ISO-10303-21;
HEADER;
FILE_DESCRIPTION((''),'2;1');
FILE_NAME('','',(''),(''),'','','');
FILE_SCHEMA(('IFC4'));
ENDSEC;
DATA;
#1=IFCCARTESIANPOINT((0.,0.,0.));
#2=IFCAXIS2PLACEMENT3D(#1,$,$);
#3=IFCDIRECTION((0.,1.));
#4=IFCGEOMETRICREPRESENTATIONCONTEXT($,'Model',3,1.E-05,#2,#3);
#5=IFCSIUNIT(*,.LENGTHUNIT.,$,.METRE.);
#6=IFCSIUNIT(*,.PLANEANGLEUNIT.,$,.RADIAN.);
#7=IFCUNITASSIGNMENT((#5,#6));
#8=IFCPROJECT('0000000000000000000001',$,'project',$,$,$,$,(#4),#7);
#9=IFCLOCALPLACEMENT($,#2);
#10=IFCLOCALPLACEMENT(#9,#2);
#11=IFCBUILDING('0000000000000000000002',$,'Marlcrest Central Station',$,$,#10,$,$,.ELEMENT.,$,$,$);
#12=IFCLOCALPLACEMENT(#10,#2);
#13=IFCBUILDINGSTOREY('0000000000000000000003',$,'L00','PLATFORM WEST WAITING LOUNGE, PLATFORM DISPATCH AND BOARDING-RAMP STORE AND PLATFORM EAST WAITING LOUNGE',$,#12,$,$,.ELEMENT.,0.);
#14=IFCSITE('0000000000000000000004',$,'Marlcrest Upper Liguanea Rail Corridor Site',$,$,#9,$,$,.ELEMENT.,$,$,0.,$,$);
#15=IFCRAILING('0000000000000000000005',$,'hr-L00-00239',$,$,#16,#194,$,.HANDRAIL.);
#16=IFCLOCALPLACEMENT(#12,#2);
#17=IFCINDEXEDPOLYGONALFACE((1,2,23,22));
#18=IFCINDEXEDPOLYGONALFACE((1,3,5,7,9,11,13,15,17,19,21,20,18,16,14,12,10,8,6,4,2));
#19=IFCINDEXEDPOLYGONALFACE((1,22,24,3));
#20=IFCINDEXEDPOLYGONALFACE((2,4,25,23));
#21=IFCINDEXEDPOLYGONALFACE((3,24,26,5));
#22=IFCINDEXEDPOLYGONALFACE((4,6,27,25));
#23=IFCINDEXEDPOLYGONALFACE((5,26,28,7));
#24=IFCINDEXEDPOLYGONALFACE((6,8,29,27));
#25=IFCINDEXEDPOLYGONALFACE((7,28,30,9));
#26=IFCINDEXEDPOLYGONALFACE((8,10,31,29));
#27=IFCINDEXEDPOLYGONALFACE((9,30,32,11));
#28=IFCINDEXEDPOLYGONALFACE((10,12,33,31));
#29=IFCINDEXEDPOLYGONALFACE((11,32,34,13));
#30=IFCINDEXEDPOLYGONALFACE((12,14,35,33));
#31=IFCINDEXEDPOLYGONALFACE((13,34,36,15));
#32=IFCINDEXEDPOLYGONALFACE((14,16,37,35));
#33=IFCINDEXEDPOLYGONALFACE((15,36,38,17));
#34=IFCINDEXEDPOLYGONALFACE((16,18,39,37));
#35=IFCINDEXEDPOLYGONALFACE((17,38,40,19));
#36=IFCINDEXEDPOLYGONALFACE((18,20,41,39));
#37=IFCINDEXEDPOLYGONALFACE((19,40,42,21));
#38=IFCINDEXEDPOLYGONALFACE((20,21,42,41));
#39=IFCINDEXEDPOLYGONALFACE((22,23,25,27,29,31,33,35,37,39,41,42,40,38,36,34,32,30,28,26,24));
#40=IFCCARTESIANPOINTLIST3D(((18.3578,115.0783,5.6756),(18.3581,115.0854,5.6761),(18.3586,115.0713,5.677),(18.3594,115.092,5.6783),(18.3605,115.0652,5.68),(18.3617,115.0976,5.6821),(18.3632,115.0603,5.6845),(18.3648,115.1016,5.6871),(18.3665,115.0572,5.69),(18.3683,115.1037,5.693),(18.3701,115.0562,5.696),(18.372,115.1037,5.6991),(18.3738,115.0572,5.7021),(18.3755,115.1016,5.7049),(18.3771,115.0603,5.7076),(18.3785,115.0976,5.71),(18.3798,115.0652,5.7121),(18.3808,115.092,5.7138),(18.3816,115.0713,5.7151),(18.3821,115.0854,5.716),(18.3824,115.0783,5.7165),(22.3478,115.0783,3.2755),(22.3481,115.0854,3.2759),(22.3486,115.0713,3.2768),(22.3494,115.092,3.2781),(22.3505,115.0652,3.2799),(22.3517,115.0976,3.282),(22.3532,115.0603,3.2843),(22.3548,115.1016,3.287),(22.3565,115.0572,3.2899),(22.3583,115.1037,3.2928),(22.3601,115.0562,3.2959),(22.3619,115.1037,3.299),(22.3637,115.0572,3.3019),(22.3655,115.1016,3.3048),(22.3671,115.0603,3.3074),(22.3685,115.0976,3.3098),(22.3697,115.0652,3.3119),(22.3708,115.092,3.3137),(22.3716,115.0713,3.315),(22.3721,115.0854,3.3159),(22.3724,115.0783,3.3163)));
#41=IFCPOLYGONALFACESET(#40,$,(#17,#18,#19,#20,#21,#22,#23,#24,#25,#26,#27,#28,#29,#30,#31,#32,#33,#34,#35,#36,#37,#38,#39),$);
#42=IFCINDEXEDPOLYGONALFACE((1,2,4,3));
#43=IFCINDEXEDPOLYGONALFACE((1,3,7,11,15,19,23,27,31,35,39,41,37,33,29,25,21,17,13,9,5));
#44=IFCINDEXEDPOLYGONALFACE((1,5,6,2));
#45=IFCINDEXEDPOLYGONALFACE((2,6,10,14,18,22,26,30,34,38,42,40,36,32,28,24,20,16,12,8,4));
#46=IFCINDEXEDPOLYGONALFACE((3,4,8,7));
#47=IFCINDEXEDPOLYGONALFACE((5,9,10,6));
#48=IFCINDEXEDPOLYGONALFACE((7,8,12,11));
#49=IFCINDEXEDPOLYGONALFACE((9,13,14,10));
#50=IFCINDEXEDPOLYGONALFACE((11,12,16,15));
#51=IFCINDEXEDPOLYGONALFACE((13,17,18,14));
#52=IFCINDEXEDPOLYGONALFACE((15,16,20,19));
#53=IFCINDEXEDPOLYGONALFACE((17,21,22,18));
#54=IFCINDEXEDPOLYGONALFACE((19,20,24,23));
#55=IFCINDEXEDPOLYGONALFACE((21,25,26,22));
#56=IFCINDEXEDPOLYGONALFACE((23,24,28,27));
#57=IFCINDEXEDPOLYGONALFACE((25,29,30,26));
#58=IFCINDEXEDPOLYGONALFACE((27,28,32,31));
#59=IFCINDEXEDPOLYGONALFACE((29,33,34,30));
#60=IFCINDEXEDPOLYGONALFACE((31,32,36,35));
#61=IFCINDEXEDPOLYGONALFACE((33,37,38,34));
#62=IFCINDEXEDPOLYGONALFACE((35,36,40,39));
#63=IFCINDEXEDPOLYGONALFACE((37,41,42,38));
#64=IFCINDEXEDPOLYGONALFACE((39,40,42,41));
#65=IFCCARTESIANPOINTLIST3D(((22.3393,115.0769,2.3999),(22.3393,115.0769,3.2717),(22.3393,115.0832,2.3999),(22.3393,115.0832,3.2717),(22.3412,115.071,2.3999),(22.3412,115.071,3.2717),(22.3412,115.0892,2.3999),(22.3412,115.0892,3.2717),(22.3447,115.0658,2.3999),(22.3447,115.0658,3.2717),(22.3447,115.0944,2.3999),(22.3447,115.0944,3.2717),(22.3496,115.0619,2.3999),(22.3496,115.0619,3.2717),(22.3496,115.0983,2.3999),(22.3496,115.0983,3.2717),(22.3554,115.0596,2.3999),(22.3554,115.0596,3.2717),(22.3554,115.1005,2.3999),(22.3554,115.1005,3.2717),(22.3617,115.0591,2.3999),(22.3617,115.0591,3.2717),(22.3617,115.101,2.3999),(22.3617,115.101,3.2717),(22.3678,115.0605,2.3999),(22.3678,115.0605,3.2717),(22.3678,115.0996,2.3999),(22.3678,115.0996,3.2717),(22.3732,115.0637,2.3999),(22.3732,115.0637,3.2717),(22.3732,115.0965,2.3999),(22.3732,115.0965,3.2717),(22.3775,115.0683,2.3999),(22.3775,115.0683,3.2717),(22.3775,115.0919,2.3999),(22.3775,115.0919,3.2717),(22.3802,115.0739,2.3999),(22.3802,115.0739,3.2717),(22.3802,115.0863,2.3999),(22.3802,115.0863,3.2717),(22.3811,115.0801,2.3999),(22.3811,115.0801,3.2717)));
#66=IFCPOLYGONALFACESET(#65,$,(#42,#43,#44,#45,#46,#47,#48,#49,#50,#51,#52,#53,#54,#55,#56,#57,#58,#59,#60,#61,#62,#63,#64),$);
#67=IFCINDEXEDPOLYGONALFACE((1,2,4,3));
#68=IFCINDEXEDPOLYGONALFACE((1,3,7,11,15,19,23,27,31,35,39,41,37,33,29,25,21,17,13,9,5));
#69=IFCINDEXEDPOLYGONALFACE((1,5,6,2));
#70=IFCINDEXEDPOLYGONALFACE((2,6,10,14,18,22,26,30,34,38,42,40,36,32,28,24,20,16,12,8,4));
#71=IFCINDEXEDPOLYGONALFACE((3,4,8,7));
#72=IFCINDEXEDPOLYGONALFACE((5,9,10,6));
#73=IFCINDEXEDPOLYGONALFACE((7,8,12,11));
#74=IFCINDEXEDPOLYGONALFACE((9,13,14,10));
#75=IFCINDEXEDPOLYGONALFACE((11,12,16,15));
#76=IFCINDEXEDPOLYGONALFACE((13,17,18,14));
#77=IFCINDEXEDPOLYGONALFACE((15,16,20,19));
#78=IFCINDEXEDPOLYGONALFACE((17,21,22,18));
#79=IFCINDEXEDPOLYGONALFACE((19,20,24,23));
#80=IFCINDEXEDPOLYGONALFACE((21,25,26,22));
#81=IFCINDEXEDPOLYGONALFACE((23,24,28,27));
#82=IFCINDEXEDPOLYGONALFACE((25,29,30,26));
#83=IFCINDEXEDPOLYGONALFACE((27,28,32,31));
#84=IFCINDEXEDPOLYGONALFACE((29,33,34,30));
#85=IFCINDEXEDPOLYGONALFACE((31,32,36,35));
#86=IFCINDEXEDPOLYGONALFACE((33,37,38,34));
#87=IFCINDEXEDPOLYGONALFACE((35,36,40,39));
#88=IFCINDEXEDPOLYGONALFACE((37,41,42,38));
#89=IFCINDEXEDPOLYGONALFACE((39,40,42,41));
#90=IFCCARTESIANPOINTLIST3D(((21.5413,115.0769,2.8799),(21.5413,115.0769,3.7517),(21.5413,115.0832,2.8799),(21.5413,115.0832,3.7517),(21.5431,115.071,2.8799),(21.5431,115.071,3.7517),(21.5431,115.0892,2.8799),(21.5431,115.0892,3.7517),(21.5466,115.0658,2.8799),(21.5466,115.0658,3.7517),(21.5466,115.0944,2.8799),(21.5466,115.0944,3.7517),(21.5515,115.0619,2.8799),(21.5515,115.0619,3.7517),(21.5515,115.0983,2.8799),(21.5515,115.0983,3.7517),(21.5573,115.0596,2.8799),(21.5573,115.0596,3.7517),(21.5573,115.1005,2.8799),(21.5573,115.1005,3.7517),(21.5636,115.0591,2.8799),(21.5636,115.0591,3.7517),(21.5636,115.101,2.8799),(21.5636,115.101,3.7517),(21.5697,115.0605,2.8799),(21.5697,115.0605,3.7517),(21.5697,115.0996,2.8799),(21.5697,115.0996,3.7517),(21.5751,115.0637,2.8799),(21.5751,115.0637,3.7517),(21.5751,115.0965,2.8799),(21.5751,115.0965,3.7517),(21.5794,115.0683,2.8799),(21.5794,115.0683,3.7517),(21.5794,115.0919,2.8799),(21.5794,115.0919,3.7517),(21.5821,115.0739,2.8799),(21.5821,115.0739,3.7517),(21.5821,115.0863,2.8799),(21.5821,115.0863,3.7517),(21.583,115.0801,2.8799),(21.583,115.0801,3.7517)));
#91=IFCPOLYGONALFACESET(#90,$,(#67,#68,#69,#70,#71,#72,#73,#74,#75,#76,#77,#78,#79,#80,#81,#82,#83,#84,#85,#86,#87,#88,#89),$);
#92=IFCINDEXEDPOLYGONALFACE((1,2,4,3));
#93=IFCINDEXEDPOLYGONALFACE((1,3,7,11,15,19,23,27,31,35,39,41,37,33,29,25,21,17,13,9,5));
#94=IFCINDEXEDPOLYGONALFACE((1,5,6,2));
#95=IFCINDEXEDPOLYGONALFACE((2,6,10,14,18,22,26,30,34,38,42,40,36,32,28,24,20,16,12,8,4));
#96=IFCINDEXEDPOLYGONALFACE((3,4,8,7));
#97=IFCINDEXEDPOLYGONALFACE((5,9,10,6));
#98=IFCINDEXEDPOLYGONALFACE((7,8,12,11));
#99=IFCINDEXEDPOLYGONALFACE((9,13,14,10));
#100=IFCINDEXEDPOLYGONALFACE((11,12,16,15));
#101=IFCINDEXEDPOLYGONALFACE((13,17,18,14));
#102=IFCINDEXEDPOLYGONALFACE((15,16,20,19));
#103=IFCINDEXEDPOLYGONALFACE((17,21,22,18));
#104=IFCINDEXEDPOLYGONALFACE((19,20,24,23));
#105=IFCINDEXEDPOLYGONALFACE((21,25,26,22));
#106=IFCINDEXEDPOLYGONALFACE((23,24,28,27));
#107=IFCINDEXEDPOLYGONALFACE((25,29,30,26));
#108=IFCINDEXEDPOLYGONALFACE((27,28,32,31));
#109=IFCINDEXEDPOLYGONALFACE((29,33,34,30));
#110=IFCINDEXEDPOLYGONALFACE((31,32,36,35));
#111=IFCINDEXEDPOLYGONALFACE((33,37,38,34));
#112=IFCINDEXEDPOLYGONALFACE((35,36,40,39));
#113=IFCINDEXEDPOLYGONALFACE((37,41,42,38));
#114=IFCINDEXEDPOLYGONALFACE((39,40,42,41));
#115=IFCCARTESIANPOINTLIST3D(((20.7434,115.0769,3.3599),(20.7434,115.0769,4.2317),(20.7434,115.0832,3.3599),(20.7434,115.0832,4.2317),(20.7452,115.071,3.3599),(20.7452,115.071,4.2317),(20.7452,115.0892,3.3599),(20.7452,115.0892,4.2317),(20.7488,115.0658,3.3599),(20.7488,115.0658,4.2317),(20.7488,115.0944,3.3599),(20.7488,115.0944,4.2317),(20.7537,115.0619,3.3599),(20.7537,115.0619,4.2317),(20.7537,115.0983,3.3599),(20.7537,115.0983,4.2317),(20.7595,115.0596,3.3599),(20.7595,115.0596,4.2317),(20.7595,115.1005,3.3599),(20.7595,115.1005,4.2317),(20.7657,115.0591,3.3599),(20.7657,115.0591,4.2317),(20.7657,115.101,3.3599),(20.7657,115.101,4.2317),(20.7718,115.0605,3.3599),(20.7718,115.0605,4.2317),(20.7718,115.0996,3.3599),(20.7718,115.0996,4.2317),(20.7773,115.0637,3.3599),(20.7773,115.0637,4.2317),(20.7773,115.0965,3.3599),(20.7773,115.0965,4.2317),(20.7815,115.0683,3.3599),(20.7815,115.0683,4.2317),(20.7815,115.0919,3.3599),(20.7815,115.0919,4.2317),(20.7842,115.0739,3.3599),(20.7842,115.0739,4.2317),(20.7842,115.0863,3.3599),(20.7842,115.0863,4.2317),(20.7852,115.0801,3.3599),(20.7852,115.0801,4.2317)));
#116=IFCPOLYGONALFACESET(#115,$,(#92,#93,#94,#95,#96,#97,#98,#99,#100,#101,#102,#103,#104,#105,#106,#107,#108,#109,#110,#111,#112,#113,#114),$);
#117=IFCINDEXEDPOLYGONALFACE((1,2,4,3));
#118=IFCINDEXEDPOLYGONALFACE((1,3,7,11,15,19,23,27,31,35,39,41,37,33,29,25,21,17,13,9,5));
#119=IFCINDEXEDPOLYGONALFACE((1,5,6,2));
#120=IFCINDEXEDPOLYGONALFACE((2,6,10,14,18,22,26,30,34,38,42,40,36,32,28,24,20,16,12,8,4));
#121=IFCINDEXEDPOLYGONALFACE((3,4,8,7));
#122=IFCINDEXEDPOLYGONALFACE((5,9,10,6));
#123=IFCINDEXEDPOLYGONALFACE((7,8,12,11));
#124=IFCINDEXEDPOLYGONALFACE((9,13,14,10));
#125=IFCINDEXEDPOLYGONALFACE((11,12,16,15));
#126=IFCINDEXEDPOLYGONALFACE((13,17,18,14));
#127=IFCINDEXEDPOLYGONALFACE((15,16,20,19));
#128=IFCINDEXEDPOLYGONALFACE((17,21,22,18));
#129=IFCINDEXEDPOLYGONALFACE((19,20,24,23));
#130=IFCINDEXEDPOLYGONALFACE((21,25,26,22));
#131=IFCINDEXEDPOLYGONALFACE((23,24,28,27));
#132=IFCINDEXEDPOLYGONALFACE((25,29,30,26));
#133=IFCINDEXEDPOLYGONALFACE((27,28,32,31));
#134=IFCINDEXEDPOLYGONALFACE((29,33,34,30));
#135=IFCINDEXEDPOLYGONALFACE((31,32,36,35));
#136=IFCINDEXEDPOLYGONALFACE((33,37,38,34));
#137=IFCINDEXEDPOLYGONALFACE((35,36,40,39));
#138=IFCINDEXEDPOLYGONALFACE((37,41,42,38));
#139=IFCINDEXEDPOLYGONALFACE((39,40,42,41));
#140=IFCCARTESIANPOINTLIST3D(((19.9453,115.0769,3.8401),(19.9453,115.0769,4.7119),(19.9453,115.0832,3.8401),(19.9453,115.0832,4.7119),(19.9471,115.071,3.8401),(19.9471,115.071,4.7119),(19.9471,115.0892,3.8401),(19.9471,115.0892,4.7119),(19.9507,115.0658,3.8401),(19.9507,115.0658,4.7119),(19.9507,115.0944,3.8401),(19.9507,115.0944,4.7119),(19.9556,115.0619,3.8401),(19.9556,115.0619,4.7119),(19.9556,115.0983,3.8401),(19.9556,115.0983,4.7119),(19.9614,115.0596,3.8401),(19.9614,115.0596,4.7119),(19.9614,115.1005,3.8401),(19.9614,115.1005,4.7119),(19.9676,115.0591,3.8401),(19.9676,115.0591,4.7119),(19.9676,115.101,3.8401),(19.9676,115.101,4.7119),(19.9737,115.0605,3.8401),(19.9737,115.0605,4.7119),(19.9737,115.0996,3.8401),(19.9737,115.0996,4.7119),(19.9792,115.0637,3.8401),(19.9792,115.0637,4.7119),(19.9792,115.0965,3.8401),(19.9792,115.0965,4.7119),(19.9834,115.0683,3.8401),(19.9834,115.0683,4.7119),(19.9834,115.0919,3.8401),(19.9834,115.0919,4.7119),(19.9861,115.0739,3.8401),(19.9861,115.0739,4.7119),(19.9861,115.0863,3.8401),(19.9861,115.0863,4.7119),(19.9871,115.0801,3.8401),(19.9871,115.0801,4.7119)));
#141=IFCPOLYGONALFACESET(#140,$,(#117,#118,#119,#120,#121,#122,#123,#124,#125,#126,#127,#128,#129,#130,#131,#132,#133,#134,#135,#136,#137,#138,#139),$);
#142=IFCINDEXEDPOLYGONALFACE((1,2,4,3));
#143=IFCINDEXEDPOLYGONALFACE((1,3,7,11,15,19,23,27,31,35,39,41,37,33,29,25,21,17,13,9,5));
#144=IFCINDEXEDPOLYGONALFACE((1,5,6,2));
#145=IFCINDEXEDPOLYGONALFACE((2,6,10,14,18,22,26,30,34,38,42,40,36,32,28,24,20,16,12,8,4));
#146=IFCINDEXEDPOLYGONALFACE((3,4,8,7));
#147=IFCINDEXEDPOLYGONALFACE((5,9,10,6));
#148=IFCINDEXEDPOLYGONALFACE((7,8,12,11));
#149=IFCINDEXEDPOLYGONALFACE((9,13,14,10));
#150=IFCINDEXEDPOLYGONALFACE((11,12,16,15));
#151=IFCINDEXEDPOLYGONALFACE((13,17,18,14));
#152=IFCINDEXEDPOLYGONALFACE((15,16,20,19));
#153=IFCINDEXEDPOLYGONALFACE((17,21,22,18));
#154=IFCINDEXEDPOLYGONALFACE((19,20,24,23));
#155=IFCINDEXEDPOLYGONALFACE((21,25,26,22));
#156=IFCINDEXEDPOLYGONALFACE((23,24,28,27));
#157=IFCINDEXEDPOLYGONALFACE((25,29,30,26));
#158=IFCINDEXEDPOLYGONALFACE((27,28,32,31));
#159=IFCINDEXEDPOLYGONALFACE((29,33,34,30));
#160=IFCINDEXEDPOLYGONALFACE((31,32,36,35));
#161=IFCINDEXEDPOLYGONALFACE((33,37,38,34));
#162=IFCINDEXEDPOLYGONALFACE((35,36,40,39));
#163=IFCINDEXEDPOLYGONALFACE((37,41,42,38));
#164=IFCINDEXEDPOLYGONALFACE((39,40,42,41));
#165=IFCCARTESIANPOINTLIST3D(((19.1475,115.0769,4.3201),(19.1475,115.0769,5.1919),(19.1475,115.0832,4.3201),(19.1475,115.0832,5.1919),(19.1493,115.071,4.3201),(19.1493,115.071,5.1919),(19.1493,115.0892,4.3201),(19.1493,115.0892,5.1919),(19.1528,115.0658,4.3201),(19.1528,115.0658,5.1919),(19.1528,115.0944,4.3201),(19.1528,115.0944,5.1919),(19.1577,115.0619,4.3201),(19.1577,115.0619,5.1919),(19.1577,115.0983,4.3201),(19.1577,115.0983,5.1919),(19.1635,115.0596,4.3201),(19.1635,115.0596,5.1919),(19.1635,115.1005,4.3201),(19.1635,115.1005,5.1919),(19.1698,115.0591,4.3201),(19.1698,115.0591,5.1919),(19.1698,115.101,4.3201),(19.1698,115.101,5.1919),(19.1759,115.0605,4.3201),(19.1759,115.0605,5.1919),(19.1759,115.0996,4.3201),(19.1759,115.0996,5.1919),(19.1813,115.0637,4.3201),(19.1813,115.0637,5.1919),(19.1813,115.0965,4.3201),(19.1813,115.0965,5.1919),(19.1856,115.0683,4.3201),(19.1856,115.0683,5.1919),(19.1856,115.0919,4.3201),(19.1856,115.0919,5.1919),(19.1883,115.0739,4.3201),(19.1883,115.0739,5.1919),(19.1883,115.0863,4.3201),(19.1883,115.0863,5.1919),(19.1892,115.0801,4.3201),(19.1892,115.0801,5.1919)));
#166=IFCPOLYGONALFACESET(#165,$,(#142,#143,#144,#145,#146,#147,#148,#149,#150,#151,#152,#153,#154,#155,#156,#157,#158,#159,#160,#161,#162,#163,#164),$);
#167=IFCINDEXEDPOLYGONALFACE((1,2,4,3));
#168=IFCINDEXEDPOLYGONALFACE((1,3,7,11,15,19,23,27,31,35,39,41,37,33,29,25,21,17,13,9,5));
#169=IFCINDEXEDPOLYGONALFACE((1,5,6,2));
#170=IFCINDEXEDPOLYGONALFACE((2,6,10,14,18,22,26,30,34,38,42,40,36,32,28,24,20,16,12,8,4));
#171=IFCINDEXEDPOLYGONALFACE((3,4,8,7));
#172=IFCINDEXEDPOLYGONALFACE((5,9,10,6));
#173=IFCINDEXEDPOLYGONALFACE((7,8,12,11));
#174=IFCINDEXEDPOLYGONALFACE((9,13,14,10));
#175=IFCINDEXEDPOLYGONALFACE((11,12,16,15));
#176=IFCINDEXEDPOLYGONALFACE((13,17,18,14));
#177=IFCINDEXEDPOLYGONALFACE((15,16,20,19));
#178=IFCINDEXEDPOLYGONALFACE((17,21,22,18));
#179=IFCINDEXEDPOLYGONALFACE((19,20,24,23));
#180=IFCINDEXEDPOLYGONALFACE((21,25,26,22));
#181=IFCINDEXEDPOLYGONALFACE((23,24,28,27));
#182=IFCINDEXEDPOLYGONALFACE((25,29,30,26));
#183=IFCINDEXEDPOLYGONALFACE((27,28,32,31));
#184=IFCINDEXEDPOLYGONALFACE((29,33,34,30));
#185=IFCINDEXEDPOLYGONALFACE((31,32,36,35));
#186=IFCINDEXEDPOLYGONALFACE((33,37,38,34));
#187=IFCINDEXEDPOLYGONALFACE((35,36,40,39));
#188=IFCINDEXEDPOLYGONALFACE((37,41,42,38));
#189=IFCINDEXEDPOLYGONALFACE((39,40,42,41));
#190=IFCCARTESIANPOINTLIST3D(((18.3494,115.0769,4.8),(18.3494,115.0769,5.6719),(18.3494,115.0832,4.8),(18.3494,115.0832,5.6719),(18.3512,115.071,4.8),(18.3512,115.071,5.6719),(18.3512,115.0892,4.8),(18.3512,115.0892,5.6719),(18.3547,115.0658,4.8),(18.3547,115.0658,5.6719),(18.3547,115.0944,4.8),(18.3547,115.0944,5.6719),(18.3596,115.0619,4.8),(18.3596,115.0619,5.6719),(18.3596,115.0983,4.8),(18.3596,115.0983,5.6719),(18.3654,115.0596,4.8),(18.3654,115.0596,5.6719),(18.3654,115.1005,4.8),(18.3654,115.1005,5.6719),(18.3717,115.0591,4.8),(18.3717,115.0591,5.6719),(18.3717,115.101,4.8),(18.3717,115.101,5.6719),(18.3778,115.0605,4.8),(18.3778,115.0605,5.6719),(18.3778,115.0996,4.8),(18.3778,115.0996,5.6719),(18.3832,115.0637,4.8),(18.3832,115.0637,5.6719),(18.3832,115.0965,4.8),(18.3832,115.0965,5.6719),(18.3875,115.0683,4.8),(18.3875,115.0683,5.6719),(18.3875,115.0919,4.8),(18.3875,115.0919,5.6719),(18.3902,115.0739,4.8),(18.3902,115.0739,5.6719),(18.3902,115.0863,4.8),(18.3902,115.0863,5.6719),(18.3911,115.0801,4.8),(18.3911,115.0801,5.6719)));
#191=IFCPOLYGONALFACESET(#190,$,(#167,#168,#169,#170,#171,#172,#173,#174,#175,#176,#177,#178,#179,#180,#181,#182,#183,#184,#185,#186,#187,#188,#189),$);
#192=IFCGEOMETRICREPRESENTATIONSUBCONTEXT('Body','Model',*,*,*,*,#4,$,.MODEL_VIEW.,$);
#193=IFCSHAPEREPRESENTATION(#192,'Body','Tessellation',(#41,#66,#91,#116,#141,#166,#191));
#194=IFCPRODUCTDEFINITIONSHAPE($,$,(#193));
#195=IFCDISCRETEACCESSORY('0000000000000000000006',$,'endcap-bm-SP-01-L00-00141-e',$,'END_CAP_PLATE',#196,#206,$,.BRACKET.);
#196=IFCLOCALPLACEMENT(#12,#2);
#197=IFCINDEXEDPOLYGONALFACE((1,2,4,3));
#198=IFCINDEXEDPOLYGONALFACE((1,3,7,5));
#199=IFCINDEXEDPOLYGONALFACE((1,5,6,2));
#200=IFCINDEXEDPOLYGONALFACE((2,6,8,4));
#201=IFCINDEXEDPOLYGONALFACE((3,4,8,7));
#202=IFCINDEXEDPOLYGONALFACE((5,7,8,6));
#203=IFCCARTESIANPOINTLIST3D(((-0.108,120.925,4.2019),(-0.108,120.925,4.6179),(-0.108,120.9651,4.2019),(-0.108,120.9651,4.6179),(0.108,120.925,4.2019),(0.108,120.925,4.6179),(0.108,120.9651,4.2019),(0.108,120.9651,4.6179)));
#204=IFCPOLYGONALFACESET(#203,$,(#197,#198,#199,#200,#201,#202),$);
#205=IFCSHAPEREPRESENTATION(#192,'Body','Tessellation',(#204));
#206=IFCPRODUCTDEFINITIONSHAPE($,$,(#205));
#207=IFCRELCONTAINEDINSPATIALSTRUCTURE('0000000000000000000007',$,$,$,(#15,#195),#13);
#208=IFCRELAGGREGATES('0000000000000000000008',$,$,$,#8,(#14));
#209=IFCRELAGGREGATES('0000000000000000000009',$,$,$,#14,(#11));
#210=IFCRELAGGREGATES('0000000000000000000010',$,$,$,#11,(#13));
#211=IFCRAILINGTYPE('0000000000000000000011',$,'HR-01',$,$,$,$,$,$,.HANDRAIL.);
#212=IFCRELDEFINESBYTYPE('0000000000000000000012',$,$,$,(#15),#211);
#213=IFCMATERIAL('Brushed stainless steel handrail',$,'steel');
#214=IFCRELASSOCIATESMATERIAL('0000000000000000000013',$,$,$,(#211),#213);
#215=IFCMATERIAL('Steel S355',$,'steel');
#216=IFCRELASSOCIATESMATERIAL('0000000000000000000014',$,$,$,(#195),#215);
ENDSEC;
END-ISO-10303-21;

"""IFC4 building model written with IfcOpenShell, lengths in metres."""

from ifc_helpers import new_model, si_unit, direction, frame, origin, origin_2d, place, context, subcontext, project, spatial, rectangle, circle, extrude, material, type_object, element, save


model = new_model("IFC4")

# Units and contexts
model_context = context("Model", 3, precision=1e-05, world=origin(), true_north=direction((0.0, 1.0)))
body_context = subcontext(model_context, "Body", "Model", "MODEL_VIEW")
ifc_project = project(units=[si_unit("LENGTHUNIT", "METRE"), si_unit("PLANEANGLEUNIT", "RADIAN")], contexts=[model_context])

# Site, building, storey
site_placement = place(None, origin())
site = spatial("IfcSite", under=ifc_project, at=site_placement, Name="Marlcrest Upper Liguanea Rail Corridor Site", CompositionType="ELEMENT", RefElevation=0.0)
building_placement = place(site_placement, origin())
building = spatial("IfcBuilding", under=site, at=building_placement, Name="Marlcrest Central Station", CompositionType="ELEMENT")
storey_placement = place(building_placement, origin())
storey = spatial("IfcBuildingStorey", under=building, at=storey_placement, Name="L00", Description="PLATFORM WEST WAITING LOUNGE, PLATFORM DISPATCH AND BOARDING-RAMP STORE AND PLATFORM EAST WAITING LOUNGE", CompositionType="ELEMENT", Elevation=0.0)

# Shared definitions
ifc_material_1 = material(Name="Steel S355", Category="steel")

# Railing
ifc_material_2 = material(Name="Brushed stainless steel handrail", Category="steel")
railing_type_1 = type_object("IfcRailingType", Name="HR-01", PredefinedType="HANDRAIL", material=ifc_material_2)
for number, where, name in (
    (1, (22.3601, 115.0801, 2.3999), "hr-L00-00239"),
):
    element("IfcRailing", number, at=place(storey_placement, frame(where)), inside=storey, type_object=railing_type_1, Name=name, PredefinedType="HANDRAIL", context=body_context, shape_type="SweptSolid", body=[
        extrude(circle(Radius=0.0239, at=origin_2d()), frame((0.0, 0.0, 0.896), z_axis=(-0.856909, 0.0, 0.515467), x_axis=(0.0, -1.0, 0.0)), (0.0, 0.0, 1.0), 4.6562),
        extrude(circle(Radius=0.021, at=origin_2d()), origin(), (0.0, 0.0, 1.0), 0.8718),
        extrude(circle(Radius=0.021, at=origin_2d()), frame((-0.7981, 0.0, 0.48)), (0.0, 0.0, 1.0), 0.8718),
        extrude(circle(Radius=0.021, at=origin_2d()), frame((-1.5959, 0.0, 0.96)), (0.0, 0.0, 1.0), 0.8718),
        extrude(circle(Radius=0.021, at=origin_2d()), frame((-2.394, 0.0, 1.4402)), (0.0, 0.0, 1.0), 0.8718),
        extrude(circle(Radius=0.021, at=origin_2d()), frame((-3.1919, 0.0, 1.9202)), (0.0, 0.0, 1.0), 0.8718),
        extrude(circle(Radius=0.021, at=origin_2d()), frame((-3.99, 0.0, 2.4001)), (0.0, 0.0, 1.0), 0.8718),
    ])

# Discrete accessory
discrete_accessory_placement = place(storey_placement, frame((0.0, 120.925, 4.4099), z_axis=(0.0, 1.0, 0.0), x_axis=(-1.0, 0.0, 0.0)))
element("IfcDiscreteAccessory", 2, at=discrete_accessory_placement, inside=storey, material=ifc_material_1, Name="endcap-bm-SP-01-L00-00141-e", ObjectType="END_CAP_PLATE", PredefinedType="BRACKET", context=body_context, shape_type="SweptSolid", body=[
    extrude(rectangle(XDim=0.2161, YDim=0.416, at=origin_2d()), origin(), (0.0, 0.0, 1.0), 0.04),
])

save(model, "model.ifc")
